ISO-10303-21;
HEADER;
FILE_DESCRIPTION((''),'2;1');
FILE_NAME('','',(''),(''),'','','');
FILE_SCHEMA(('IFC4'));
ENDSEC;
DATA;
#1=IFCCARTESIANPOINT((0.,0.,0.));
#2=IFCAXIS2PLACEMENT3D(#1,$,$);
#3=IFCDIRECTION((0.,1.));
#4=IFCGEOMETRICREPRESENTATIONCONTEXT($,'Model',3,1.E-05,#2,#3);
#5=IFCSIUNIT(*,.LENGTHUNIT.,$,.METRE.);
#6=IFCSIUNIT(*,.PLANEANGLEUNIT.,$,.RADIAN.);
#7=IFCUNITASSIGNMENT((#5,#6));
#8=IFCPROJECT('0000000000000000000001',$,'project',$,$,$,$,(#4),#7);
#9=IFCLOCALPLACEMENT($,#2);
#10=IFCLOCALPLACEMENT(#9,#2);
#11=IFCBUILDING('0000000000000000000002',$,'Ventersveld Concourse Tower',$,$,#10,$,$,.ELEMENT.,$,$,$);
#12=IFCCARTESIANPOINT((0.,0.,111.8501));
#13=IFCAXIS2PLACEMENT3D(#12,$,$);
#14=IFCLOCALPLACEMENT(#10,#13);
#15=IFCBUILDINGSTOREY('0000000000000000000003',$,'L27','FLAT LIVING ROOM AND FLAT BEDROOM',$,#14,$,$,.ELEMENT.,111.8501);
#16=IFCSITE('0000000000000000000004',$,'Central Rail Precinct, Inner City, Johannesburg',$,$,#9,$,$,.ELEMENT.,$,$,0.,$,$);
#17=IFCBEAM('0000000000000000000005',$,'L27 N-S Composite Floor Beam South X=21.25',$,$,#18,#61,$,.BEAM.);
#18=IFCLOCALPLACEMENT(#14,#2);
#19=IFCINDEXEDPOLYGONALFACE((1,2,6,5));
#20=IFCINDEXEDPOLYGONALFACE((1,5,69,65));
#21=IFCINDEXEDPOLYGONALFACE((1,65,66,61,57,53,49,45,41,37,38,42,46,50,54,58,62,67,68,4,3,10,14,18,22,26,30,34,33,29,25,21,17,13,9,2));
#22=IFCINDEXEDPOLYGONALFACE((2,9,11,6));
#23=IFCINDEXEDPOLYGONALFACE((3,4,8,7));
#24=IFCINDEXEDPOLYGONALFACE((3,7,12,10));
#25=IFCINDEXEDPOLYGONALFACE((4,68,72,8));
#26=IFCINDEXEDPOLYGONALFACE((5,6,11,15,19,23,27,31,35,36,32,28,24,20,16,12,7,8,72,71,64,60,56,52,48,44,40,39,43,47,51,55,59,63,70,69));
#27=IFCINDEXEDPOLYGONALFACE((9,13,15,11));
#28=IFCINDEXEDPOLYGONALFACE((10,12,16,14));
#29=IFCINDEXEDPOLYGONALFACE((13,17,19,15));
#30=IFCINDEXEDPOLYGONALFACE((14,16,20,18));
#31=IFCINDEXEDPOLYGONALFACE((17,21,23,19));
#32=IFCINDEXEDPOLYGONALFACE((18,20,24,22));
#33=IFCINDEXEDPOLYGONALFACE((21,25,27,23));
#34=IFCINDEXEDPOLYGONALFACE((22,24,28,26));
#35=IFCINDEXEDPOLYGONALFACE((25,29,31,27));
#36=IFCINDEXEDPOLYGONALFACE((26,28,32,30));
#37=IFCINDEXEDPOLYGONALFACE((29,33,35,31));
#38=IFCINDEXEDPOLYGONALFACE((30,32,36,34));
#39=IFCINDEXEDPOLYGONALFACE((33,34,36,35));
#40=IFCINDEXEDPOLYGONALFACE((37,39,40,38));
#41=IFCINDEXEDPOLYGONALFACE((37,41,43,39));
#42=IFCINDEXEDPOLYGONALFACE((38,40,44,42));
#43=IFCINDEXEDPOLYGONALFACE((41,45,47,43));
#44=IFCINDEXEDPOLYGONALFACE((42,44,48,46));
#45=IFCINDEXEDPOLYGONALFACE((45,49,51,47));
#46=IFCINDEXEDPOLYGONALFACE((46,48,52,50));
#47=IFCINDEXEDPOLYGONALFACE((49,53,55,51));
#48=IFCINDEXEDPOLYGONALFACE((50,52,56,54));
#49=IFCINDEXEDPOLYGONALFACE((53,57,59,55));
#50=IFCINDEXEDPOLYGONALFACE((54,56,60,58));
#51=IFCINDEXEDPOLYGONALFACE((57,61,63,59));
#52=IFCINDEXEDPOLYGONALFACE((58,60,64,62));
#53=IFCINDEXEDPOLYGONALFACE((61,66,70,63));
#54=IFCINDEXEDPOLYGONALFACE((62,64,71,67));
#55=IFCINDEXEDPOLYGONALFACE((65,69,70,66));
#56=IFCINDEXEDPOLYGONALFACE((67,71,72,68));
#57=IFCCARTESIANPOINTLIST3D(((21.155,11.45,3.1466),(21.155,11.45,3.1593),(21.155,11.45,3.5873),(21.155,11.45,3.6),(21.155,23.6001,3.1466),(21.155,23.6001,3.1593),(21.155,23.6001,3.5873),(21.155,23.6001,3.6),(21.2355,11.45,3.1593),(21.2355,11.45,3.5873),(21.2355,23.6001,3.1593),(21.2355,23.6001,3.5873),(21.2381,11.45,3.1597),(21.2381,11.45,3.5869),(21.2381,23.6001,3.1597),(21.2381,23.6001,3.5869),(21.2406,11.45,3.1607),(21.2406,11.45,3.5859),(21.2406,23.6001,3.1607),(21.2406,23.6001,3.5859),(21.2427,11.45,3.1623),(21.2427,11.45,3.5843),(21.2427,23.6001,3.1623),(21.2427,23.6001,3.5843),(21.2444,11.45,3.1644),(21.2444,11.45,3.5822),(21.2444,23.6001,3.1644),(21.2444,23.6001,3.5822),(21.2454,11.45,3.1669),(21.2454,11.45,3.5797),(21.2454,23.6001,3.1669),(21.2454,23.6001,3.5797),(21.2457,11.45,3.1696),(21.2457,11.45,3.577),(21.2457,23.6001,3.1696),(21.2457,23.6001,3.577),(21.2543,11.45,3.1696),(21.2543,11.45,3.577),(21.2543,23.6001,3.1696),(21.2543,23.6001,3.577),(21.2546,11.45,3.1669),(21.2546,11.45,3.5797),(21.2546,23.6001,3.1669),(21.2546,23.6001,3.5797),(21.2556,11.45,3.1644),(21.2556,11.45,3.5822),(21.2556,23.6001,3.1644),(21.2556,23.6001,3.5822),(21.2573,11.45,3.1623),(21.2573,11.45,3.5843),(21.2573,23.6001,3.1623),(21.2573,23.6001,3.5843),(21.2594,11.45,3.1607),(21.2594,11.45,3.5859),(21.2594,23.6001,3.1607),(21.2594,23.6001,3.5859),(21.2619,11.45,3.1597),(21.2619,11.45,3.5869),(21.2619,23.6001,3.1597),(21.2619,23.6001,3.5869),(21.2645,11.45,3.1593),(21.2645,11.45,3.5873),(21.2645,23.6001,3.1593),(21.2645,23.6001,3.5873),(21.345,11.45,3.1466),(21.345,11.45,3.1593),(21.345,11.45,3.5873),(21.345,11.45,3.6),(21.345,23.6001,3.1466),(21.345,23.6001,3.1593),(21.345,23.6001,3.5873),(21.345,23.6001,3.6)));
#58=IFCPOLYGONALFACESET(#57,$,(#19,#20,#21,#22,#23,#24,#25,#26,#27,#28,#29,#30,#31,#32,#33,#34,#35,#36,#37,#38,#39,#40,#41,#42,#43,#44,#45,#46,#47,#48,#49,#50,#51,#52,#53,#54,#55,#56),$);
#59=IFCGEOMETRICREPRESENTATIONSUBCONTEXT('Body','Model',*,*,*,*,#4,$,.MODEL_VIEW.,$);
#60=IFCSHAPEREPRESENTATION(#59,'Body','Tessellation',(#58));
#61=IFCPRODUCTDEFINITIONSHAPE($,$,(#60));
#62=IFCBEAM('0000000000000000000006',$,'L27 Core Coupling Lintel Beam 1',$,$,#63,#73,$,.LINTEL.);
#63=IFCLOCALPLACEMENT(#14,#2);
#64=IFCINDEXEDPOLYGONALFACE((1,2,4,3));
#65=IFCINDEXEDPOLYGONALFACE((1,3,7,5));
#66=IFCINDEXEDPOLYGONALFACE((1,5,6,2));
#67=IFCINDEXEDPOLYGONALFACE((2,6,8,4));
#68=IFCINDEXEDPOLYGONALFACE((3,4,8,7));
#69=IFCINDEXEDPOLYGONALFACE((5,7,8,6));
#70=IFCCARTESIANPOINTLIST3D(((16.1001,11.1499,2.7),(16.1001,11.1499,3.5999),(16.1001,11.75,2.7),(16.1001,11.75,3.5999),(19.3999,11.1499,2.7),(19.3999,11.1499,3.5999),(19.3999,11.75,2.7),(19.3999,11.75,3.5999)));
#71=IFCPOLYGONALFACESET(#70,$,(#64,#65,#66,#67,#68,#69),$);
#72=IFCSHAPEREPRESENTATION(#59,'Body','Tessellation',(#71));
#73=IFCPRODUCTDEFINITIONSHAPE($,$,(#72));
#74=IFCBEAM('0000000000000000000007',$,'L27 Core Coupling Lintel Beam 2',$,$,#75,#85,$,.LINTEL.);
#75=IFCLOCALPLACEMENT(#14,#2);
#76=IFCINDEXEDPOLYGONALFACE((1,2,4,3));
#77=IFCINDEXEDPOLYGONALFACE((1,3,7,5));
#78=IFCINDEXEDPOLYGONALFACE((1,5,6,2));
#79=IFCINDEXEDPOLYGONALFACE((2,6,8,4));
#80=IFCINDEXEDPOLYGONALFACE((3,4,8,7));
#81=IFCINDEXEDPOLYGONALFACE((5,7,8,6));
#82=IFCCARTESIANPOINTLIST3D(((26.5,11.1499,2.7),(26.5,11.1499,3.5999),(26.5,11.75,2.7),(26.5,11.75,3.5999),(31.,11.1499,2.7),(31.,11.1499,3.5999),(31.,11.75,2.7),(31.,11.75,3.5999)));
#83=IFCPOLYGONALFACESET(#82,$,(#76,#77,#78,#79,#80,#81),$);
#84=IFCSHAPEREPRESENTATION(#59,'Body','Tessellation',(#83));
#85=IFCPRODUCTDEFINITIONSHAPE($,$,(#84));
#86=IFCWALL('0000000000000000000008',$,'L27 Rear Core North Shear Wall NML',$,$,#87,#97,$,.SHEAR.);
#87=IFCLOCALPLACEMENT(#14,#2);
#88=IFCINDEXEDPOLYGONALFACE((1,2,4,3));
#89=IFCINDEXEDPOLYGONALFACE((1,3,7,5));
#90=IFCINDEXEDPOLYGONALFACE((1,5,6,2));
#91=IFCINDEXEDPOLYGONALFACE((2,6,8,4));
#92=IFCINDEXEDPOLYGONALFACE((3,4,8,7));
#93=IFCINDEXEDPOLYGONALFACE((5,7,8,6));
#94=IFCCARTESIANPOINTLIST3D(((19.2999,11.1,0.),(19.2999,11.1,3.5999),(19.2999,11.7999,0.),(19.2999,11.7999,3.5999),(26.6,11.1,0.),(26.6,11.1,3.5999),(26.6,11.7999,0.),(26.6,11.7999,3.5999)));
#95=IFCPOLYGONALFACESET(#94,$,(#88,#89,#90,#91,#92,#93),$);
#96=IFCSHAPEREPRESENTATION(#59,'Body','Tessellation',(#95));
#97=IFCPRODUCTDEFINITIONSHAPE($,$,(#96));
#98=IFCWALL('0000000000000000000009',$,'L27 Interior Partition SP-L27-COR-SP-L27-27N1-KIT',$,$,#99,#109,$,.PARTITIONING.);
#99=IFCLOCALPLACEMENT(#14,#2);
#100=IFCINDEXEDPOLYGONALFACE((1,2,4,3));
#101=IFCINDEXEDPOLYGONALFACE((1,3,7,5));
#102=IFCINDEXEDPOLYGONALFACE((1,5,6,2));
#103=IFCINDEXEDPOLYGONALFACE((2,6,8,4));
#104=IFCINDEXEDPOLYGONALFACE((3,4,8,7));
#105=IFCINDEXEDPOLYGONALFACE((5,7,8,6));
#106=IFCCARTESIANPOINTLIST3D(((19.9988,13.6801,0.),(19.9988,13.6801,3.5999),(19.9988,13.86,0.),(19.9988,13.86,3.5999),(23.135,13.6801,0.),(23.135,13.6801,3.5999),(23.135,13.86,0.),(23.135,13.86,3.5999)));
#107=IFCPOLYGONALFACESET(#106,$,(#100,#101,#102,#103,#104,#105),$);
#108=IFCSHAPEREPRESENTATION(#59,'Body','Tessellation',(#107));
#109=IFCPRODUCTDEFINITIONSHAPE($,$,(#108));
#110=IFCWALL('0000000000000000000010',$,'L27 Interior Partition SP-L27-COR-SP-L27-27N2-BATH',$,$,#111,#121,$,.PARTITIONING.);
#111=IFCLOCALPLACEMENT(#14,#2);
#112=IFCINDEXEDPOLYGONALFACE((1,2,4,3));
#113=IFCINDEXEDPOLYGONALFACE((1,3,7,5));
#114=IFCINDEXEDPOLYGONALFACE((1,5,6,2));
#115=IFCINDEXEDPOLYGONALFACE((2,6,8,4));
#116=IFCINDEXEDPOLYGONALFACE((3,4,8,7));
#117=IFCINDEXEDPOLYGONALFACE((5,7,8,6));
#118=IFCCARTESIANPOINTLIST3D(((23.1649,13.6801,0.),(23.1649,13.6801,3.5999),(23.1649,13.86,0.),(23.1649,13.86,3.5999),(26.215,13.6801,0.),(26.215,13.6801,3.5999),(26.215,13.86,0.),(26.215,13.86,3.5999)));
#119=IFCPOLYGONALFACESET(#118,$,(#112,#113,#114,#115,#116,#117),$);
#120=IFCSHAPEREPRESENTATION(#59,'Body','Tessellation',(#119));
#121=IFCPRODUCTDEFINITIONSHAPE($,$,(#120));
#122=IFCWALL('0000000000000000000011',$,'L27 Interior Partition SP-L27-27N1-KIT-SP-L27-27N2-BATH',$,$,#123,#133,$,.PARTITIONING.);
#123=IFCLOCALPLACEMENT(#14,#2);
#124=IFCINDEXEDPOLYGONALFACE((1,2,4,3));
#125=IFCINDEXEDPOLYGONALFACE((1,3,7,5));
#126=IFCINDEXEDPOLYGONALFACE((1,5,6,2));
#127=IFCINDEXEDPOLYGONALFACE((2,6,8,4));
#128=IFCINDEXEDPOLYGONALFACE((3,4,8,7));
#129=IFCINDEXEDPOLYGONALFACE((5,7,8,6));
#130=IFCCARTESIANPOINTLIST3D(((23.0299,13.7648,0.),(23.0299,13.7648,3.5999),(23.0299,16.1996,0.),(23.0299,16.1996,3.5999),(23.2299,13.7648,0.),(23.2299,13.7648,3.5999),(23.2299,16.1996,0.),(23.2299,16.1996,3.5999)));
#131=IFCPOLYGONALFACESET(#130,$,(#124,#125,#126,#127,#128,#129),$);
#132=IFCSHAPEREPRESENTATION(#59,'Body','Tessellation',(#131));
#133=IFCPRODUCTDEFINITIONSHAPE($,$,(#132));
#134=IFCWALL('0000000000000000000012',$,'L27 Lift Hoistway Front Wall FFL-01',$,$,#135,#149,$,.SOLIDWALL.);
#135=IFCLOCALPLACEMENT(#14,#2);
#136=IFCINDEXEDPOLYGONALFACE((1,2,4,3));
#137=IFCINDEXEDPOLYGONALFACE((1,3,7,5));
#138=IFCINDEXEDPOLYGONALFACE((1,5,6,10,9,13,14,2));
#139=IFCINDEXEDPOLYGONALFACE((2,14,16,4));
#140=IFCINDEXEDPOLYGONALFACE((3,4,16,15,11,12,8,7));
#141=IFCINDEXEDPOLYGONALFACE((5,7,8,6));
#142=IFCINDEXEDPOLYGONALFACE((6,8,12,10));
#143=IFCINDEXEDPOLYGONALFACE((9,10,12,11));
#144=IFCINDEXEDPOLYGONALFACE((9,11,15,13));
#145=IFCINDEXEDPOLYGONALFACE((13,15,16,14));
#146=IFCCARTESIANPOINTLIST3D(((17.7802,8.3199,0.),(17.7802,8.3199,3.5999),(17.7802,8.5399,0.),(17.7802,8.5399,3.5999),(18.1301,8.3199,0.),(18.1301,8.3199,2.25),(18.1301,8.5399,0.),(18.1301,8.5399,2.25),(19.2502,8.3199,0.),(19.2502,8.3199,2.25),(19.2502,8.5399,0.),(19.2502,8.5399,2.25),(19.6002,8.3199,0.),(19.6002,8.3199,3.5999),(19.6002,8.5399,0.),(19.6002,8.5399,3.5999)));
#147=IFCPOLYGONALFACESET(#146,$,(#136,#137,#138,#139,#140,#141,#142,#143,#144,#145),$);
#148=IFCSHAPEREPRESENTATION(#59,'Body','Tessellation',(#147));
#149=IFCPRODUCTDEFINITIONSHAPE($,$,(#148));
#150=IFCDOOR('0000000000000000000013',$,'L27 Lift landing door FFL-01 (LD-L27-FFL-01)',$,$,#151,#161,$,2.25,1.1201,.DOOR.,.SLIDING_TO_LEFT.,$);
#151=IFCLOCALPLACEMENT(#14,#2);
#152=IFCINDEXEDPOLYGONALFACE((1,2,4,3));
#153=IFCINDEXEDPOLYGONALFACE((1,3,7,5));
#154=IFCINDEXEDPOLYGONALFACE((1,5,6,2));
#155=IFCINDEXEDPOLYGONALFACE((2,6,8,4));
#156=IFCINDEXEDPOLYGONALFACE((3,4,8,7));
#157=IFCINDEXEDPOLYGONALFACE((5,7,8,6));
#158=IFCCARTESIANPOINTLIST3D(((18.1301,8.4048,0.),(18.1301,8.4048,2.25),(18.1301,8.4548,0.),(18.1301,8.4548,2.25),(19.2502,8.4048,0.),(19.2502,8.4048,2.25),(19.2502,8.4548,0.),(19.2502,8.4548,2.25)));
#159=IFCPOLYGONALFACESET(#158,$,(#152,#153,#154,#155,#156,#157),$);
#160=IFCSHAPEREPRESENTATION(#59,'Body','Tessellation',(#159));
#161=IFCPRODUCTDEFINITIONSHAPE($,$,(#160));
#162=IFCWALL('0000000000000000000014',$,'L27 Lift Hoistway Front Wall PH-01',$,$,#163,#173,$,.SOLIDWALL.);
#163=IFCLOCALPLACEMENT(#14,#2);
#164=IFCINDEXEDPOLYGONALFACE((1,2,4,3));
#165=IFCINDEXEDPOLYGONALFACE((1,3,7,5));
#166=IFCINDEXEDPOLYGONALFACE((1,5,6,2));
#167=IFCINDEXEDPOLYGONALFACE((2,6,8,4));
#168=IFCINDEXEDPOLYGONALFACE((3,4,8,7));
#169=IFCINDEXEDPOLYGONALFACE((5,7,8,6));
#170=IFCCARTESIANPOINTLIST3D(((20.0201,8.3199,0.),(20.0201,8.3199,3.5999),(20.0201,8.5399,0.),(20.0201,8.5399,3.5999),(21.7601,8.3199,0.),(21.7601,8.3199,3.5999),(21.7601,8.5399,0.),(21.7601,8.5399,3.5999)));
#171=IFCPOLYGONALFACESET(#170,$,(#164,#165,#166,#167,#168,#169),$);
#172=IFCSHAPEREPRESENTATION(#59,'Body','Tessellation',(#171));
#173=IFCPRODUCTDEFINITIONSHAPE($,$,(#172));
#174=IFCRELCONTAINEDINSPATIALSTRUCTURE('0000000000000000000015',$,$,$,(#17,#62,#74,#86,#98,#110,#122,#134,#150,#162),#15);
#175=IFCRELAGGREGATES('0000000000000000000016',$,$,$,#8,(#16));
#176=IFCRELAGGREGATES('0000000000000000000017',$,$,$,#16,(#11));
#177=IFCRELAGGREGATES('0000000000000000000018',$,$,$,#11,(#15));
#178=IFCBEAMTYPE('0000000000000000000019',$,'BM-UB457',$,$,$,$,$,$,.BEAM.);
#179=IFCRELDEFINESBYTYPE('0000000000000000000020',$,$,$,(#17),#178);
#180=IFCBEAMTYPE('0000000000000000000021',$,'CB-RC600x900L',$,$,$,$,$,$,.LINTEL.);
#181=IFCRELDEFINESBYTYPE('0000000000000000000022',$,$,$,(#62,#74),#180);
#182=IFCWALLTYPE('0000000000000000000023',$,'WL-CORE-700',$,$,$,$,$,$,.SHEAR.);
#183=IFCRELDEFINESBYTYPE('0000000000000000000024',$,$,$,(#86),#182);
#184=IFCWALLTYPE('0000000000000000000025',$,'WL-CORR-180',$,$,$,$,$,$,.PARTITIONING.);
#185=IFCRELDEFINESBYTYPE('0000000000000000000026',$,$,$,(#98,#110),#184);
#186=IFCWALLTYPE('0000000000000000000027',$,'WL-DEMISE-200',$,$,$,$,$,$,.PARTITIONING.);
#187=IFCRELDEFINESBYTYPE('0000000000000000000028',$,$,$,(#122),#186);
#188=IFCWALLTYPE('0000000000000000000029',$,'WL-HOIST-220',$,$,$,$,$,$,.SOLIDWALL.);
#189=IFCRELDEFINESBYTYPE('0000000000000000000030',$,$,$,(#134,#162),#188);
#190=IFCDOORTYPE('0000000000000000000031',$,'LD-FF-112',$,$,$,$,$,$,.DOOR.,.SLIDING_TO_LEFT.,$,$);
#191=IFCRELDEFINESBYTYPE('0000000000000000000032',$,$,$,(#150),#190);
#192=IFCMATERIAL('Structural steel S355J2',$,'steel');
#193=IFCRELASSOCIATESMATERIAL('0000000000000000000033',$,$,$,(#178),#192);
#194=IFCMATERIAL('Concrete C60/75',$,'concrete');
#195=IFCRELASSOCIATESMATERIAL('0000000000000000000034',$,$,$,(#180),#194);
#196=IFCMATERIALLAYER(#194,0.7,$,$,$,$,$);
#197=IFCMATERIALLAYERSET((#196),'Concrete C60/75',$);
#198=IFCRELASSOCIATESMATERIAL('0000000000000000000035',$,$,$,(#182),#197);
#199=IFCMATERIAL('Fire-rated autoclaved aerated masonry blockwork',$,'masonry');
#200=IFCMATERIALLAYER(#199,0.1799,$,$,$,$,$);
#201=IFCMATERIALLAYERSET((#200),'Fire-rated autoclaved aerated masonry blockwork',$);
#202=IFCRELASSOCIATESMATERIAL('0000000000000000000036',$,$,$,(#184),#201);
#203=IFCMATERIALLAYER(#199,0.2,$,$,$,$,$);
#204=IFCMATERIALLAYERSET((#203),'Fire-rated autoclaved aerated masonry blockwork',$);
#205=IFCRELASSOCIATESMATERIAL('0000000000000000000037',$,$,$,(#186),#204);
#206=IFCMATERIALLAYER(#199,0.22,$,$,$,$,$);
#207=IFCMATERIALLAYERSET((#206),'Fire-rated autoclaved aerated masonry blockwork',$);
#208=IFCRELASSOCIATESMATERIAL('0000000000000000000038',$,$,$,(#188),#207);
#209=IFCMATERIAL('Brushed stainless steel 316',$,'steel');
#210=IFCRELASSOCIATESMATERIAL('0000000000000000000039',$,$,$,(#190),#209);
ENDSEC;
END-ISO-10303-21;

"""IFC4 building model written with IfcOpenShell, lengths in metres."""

from ifc_helpers import new_model, si_unit, direction, frame, frame_2d, origin, origin_2d, place, context, subcontext, project, spatial, rectangle, i_section, extrude, material, layer, layer_set, material_profile, profile_set, type_object, element, fill, save


model = new_model("IFC4")

# Units and contexts
model_context = context("Model", 3, precision=1e-05, world=origin(), true_north=direction((0.0, 1.0)))
body_context = subcontext(model_context, "Body", "Model", "MODEL_VIEW")
ifc_project = project(units=[si_unit("LENGTHUNIT", "METRE"), si_unit("PLANEANGLEUNIT", "RADIAN")], contexts=[model_context])

# Site, building, storey
site_placement = place(None, origin())
site = spatial("IfcSite", under=ifc_project, at=site_placement, Name="Central Rail Precinct, Inner City, Johannesburg", CompositionType="ELEMENT", RefElevation=0.0)
building_placement = place(site_placement, origin())
building = spatial("IfcBuilding", under=site, at=building_placement, Name="Ventersveld Concourse Tower", CompositionType="ELEMENT")
storey_placement = place(building_placement, frame((0.0, 0.0, 111.8501)))
storey = spatial("IfcBuildingStorey", under=building, at=storey_placement, Name="L27", Description="FLAT LIVING ROOM AND FLAT BEDROOM", CompositionType="ELEMENT", Elevation=111.8501)

# Beams
ifc_material_1 = material(Name="Structural steel S355J2", Category="steel")
ifc_material_profile_1 = material_profile(ifc_material_1, i_section(OverallWidth=0.1899, OverallDepth=0.4534, WebThickness=0.0085, FlangeThickness=0.0127, FilletRadius=0.0103, at=origin_2d()), Name="UB 457x191x67")
ifc_profile_set_1 = profile_set([ifc_material_profile_1], Name="Structural steel S355J2")
beam_type_1 = type_object("IfcBeamType", Name="BM-UB457", PredefinedType="BEAM", material=ifc_profile_set_1)
beam_1_placement = place(storey_placement, frame((21.25, 11.45, 3.3733), z_axis=(0.0, 1.0, 0.0), x_axis=(-1.0, 0.0, 0.0)))
element("IfcBeam", 1, at=beam_1_placement, inside=storey, type_object=beam_type_1, Name="L27 N-S Composite Floor Beam South X=21.25", PredefinedType="BEAM", context=body_context, shape_type="SweptSolid", body=[
    extrude(i_section(OverallWidth=0.1899, OverallDepth=0.4534, WebThickness=0.0085, FlangeThickness=0.0127, FilletRadius=0.0103, at=origin_2d()), origin(), (0.0, 0.0, 1.0), 12.1501),
])
ifc_material_2 = material(Name="Concrete C60/75", Category="concrete")
ifc_material_profile_2 = material_profile(ifc_material_2, rectangle(XDim=0.6001, YDim=0.8999, at=origin_2d()), Name="RC 600x900")
ifc_profile_set_2 = profile_set([ifc_material_profile_2], Name="Concrete C60/75")
beam_type_2 = type_object("IfcBeamType", Name="CB-RC600x900L", PredefinedType="LINTEL", material=ifc_profile_set_2)
beam_2_placement = place(storey_placement, frame((16.1001, 11.45, 3.1499), z_axis=(1.0, 0.0, 0.0), x_axis=(0.0, 1.0, 0.0)))
element("IfcBeam", 2, at=beam_2_placement, inside=storey, type_object=beam_type_2, Name="L27 Core Coupling Lintel Beam 1", PredefinedType="LINTEL", context=body_context, shape_type="SweptSolid", body=[
    extrude(rectangle(XDim=0.6001, YDim=0.8999, at=origin_2d()), origin(), (0.0, 0.0, 1.0), 3.2998),
])
beam_3_placement = place(storey_placement, frame((26.5, 11.45, 3.1499), z_axis=(1.0, 0.0, 0.0), x_axis=(0.0, 1.0, 0.0)))
element("IfcBeam", 3, at=beam_3_placement, inside=storey, type_object=beam_type_2, Name="L27 Core Coupling Lintel Beam 2", PredefinedType="LINTEL", context=body_context, shape_type="SweptSolid", body=[
    extrude(rectangle(XDim=0.6001, YDim=0.8999, at=origin_2d()), origin(), (0.0, 0.0, 1.0), 4.5),
])

# Wall
ifc_layer_1 = layer(ifc_material_2, 0.7)
ifc_layer_set_1 = layer_set([ifc_layer_1], Name="Concrete C60/75")
wall_type_1 = type_object("IfcWallType", Name="WL-CORE-700", PredefinedType="SHEAR", material=ifc_layer_set_1)
wall_1_placement = place(storey_placement, frame((19.3, 11.45, 0.0), z_axis=(0.0, 0.0, 1.0), x_axis=(1.0, 0.0, 0.0)))
element("IfcWall", 4, at=wall_1_placement, inside=storey, type_object=wall_type_1, Name="L27 Rear Core North Shear Wall NML", PredefinedType="SHEAR", context=body_context, shape_type="SweptSolid", body=[
    extrude(rectangle(XDim=7.3, YDim=0.7, at=frame_2d((3.6499, 0.0))), origin(), (0.0, 0.0, 1.0), 3.5999),
])

# Shared definitions
ifc_material_3 = material(Name="Fire-rated autoclaved aerated masonry blockwork", Category="masonry")
ifc_layer_2 = layer(ifc_material_3, 0.1799)
ifc_layer_set_2 = layer_set([ifc_layer_2], Name="Fire-rated autoclaved aerated masonry blockwork")
wall_type_2 = type_object("IfcWallType", Name="WL-CORR-180", PredefinedType="PARTITIONING", material=ifc_layer_set_2)

# Walls
wall_2_placement = place(storey_placement, frame((19.9988, 13.77, 0.0), z_axis=(0.0, 0.0, 1.0), x_axis=(1.0, 0.0, 0.0)))
element("IfcWall", 5, at=wall_2_placement, inside=storey, type_object=wall_type_2, Name="L27 Interior Partition SP-L27-COR-SP-L27-27N1-KIT", PredefinedType="PARTITIONING", context=body_context, shape_type="SweptSolid", body=[
    extrude(rectangle(XDim=3.1362, YDim=0.1799, at=frame_2d((1.5681, 0.0))), origin(), (0.0, 0.0, 1.0), 3.5999),
])
wall_3_placement = place(storey_placement, frame((23.165, 13.77, 0.0), z_axis=(0.0, 0.0, 1.0), x_axis=(1.0, 0.0, 0.0)))
element("IfcWall", 6, at=wall_3_placement, inside=storey, type_object=wall_type_2, Name="L27 Interior Partition SP-L27-COR-SP-L27-27N2-BATH", PredefinedType="PARTITIONING", context=body_context, shape_type="SweptSolid", body=[
    extrude(rectangle(XDim=3.05, YDim=0.1799, at=frame_2d((1.5249, 0.0))), origin(), (0.0, 0.0, 1.0), 3.5999),
])
ifc_layer_3 = layer(ifc_material_3, 0.2)
ifc_layer_set_3 = layer_set([ifc_layer_3], Name="Fire-rated autoclaved aerated masonry blockwork")
wall_type_3 = type_object("IfcWallType", Name="WL-DEMISE-200", PredefinedType="PARTITIONING", material=ifc_layer_set_3)
wall_4_placement = place(storey_placement, frame((23.1299, 13.7649, 0.0), z_axis=(0.0, 0.0, 1.0), x_axis=(0.0, 1.0, 0.0)))
element("IfcWall", 7, at=wall_4_placement, inside=storey, type_object=wall_type_3, Name="L27 Interior Partition SP-L27-27N1-KIT-SP-L27-27N2-BATH", PredefinedType="PARTITIONING", context=body_context, shape_type="SweptSolid", body=[
    extrude(rectangle(XDim=2.4348, YDim=0.2, at=frame_2d((1.2173, 0.0))), origin(), (0.0, 0.0, 1.0), 3.5999),
])

# Wall, opening, door
ifc_layer_4 = layer(ifc_material_3, 0.22)
ifc_layer_set_4 = layer_set([ifc_layer_4], Name="Fire-rated autoclaved aerated masonry blockwork")
wall_type_4 = type_object("IfcWallType", Name="WL-HOIST-220", PredefinedType="SOLIDWALL", material=ifc_layer_set_4)
wall_5_placement = place(storey_placement, frame((17.78, 8.4299, 0.0), z_axis=(0.0, 0.0, 1.0), x_axis=(1.0, 0.0, 0.0)))
wall_5 = element("IfcWall", 8, at=wall_5_placement, inside=storey, type_object=wall_type_4, Name="L27 Lift Hoistway Front Wall FFL-01", PredefinedType="SOLIDWALL", context=body_context, shape_type="SweptSolid", body=[
    extrude(rectangle(XDim=1.8201, YDim=0.22, at=frame_2d((0.9102, 0.0))), origin(), (0.0, 0.0, 1.0), 3.5999),
])
opening_1_placement = place(wall_5_placement, frame((0.3501, 0.0, 0.0)))
opening_1 = element("IfcOpeningElement", 9, at=opening_1_placement, cuts=wall_5, PredefinedType="OPENING", context=body_context, shape_type="SweptSolid", body=[
    extrude(rectangle(XDim=1.1201, YDim=2.25, at=frame_2d((0.5601, 1.125))), frame((0.0, 0.1201, 0.0), z_axis=(0.0, -1.0, 0.0), x_axis=(1.0, 0.0, 0.0)), (0.0, 0.0, 1.0), 0.24),
])
ifc_material_4 = material(Name="Brushed stainless steel 316", Category="steel")
door_type_1 = type_object("IfcDoorType", Name="LD-FF-112", OperationType="SLIDING_TO_LEFT", PredefinedType="DOOR", material=ifc_material_4)
door_1_placement = place(opening_1_placement, origin())
door_1 = element("IfcDoor", 10, at=door_1_placement, inside=storey, type_object=door_type_1, Name="L27 Lift landing door FFL-01 (LD-L27-FFL-01)", OperationType="SLIDING_TO_LEFT", OverallHeight=2.25, OverallWidth=1.1201, PredefinedType="DOOR", context=body_context, shape_type="SweptSolid", body=[
    extrude(rectangle(XDim=1.1201, YDim=2.25, at=frame_2d((0.5601, 1.125))), frame((0.0, 0.0249, 0.0), z_axis=(0.0, -1.0, 0.0), x_axis=(1.0, 0.0, 0.0)), (0.0, 0.0, 1.0), 0.05),
])
fill(opening_1, door_1)

# Wall
wall_6_placement = place(storey_placement, frame((20.02, 8.4299, 0.0), z_axis=(0.0, 0.0, 1.0), x_axis=(1.0, 0.0, 0.0)))
element("IfcWall", 11, at=wall_6_placement, inside=storey, type_object=wall_type_4, Name="L27 Lift Hoistway Front Wall PH-01", PredefinedType="SOLIDWALL", context=body_context, shape_type="SweptSolid", body=[
    extrude(rectangle(XDim=1.74, YDim=0.22, at=frame_2d((0.8701, 0.0))), origin(), (0.0, 0.0, 1.0), 3.5999),
])

save(model, "model.ifc")
